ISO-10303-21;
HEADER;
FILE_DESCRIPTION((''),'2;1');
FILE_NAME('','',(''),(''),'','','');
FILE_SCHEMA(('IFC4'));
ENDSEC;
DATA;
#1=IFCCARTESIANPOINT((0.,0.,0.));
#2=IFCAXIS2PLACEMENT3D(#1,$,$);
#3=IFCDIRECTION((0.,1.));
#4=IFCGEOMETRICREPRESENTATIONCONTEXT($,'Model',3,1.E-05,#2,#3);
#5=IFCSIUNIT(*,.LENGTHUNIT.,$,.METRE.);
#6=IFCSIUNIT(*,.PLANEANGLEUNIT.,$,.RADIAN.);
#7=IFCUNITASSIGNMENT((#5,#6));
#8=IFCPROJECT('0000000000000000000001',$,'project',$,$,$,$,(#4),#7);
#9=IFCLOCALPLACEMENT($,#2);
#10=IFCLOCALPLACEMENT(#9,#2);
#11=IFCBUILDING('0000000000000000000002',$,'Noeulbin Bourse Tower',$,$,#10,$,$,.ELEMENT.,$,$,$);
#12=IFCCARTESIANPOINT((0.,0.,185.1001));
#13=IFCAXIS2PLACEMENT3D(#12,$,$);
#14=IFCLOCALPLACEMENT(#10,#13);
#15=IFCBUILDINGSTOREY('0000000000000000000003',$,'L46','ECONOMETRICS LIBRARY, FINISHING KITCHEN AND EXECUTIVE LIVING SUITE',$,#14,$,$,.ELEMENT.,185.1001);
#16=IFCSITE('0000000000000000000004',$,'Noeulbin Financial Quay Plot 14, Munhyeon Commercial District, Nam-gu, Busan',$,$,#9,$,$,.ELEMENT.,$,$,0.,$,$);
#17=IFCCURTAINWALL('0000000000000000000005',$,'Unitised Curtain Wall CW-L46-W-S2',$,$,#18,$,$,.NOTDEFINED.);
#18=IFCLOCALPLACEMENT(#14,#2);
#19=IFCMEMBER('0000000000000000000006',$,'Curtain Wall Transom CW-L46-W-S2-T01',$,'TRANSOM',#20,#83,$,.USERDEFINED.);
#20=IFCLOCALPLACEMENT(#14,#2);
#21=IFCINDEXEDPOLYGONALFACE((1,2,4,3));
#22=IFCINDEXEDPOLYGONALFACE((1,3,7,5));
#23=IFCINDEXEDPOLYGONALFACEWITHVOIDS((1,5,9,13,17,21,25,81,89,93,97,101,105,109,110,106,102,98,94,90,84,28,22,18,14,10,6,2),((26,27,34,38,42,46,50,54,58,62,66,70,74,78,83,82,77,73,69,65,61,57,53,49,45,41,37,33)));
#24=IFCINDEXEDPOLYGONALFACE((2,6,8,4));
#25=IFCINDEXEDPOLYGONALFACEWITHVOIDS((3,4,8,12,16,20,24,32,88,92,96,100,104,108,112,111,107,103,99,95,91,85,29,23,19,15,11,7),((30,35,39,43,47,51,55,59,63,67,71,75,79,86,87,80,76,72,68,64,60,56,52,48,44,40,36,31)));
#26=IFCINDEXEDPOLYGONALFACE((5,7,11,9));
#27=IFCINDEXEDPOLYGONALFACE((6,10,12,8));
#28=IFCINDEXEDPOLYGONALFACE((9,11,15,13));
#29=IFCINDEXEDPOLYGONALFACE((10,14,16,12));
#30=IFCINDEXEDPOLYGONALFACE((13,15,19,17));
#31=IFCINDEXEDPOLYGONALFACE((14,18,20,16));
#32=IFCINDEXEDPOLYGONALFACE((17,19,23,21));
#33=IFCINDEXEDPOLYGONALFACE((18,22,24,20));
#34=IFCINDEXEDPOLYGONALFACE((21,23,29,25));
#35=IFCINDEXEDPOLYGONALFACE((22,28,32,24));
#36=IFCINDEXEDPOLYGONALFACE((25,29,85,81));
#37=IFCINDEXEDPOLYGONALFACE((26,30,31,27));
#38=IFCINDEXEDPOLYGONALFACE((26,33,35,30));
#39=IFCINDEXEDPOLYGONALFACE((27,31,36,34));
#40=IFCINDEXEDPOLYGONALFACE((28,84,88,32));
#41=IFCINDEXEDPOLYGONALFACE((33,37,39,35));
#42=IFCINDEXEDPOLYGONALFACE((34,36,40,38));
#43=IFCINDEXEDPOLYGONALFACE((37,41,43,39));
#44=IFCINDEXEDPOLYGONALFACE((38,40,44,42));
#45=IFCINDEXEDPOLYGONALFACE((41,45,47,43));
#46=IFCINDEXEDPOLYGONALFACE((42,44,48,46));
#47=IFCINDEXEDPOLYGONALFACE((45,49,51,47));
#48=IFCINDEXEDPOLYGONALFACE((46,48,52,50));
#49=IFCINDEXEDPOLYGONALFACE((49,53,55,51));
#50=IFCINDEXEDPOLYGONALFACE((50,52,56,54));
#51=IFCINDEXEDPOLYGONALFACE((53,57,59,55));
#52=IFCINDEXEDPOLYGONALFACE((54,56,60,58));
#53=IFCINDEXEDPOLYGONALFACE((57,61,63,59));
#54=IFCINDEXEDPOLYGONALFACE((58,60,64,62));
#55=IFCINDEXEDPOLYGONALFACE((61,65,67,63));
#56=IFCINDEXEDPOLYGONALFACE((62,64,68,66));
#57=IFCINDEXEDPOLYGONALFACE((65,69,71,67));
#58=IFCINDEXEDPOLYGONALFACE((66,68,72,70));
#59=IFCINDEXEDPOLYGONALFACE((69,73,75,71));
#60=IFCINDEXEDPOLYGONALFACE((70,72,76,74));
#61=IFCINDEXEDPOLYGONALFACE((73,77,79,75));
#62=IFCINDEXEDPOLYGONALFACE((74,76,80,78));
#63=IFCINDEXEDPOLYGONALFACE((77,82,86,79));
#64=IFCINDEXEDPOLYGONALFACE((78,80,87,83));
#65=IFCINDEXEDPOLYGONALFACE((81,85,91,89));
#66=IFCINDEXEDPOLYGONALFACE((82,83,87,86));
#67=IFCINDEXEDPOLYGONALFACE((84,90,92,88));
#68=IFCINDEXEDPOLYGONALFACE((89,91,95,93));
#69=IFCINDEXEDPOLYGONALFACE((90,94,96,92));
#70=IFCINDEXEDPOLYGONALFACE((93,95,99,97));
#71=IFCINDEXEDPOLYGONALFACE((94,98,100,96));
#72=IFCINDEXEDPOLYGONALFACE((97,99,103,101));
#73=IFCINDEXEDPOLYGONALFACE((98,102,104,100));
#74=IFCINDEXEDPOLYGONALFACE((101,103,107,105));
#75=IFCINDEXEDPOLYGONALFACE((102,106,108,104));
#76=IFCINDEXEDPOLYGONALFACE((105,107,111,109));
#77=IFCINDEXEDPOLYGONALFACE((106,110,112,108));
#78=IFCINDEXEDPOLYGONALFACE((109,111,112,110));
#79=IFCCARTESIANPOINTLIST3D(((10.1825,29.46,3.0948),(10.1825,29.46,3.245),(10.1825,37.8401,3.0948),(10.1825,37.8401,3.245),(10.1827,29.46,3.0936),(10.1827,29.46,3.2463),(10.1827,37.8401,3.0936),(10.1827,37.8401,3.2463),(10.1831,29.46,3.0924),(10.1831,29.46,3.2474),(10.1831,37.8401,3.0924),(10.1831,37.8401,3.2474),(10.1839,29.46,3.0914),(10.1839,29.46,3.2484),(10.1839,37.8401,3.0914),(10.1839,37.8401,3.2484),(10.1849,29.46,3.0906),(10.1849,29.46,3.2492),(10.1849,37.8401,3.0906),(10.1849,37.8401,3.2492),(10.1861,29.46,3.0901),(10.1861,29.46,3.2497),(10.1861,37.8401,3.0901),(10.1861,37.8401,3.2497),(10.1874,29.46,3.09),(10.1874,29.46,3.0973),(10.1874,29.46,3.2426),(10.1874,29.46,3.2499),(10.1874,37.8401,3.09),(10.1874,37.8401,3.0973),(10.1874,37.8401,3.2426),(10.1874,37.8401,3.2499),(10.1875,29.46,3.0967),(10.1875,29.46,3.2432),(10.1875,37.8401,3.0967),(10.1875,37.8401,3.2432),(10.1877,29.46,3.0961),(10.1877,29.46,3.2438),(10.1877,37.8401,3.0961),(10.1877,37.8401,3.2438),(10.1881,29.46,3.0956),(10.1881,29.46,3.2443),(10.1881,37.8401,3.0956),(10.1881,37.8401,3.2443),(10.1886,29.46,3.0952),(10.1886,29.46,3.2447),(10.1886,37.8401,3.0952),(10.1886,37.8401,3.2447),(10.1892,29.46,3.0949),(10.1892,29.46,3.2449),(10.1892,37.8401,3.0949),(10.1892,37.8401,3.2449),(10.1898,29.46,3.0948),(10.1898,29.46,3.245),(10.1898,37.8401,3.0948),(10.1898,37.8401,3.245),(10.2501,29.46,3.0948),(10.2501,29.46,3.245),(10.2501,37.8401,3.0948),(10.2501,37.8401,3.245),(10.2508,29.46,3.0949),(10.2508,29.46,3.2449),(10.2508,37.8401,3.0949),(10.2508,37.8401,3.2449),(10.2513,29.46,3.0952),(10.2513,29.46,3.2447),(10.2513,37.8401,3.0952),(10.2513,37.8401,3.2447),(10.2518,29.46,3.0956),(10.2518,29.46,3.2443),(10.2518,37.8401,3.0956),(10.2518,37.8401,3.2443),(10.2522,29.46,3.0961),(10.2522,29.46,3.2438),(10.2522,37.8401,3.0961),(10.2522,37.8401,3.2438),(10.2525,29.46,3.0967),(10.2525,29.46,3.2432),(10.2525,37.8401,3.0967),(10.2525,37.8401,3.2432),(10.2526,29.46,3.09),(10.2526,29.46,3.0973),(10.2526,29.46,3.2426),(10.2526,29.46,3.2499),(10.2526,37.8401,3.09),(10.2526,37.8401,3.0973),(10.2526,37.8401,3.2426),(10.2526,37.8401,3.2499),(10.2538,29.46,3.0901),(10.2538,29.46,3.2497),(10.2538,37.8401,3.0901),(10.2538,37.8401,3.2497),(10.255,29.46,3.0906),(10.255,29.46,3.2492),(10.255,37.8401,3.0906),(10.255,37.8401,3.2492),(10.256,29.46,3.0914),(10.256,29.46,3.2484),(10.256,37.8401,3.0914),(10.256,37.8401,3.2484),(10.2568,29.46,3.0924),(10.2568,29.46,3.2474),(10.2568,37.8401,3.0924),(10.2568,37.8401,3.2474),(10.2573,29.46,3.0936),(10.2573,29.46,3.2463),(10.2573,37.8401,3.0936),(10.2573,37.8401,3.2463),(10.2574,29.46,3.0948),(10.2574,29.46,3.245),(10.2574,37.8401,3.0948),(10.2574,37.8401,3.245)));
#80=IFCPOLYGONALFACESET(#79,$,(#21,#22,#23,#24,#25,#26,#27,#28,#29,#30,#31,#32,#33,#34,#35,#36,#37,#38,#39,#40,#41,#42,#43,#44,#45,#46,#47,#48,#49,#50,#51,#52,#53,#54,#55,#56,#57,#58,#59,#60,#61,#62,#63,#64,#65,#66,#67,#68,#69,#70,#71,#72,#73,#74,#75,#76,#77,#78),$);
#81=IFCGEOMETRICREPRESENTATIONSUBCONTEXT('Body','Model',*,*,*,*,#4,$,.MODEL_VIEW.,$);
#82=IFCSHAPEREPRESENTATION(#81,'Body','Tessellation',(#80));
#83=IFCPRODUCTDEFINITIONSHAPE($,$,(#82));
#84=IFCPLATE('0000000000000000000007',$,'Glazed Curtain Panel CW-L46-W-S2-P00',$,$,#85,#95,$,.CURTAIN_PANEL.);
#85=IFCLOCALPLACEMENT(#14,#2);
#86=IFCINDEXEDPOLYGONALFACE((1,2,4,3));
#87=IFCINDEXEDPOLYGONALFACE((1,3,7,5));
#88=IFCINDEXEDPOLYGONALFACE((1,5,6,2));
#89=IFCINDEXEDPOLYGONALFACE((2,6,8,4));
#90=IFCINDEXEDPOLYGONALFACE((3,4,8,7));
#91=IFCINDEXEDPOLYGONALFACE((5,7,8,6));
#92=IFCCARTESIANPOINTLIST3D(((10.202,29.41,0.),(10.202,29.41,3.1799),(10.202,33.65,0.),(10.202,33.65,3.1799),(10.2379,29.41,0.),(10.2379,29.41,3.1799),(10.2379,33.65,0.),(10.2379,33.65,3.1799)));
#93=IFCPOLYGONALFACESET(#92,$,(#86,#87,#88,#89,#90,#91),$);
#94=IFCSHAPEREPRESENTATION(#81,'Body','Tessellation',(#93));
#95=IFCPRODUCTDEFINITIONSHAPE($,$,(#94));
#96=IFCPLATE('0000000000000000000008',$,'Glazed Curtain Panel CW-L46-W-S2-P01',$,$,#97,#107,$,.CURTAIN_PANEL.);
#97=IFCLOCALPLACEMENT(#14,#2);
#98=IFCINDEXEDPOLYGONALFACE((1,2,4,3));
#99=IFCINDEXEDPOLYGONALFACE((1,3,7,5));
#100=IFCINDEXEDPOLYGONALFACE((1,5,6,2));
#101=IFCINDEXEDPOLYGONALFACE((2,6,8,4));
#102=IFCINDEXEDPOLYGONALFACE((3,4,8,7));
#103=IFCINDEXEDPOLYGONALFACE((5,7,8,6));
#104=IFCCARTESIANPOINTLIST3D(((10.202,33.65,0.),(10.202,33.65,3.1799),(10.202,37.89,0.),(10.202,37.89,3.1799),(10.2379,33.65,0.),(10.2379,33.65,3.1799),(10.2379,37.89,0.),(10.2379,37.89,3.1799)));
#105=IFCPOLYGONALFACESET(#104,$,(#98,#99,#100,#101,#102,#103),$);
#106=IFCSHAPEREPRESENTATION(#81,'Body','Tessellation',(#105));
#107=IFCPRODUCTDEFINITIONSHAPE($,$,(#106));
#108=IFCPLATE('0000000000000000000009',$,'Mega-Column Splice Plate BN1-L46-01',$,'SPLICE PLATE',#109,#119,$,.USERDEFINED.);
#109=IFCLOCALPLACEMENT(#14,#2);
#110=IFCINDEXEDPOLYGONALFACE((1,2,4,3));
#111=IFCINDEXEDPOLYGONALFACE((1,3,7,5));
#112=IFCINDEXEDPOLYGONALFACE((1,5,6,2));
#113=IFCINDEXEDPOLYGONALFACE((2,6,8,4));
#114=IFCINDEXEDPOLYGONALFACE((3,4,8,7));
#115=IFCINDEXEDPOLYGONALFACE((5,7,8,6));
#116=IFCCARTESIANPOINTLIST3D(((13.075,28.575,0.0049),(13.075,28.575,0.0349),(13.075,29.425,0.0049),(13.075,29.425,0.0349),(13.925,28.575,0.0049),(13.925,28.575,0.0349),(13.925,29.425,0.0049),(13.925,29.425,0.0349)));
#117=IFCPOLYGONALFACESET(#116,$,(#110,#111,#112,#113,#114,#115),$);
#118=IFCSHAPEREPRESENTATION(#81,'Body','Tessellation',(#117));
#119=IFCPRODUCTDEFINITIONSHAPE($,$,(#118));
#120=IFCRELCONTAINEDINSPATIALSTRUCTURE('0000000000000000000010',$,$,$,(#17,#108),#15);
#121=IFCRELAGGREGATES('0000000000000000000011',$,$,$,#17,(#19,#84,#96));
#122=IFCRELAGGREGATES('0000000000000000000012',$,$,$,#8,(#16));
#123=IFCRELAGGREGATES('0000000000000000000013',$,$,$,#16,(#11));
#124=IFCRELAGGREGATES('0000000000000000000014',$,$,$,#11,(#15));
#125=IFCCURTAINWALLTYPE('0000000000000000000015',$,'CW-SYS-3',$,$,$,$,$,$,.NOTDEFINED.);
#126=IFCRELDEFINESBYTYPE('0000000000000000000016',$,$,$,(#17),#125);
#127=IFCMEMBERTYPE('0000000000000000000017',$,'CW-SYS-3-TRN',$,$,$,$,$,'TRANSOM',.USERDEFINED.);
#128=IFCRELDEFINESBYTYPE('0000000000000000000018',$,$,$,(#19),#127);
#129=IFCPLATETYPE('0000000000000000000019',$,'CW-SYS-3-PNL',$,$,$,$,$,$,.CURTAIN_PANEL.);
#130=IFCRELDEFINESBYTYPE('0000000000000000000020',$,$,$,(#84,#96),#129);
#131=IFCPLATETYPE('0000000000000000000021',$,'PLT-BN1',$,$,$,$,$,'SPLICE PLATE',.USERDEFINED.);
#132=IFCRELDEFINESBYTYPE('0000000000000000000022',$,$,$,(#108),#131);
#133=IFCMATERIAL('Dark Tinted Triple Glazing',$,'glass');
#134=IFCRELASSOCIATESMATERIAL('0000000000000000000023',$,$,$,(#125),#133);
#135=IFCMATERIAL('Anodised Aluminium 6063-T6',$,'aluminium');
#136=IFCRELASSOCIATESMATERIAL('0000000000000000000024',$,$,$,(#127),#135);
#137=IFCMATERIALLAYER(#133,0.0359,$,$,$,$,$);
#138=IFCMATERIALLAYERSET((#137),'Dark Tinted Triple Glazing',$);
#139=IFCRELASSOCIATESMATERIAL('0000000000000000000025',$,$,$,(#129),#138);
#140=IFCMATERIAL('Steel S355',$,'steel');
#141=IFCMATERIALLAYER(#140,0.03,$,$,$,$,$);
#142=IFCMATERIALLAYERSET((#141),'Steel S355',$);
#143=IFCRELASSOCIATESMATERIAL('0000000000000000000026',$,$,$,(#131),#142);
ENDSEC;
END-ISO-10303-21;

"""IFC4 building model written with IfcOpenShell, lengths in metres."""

from ifc_helpers import new_model, si_unit, direction, frame, origin, origin_2d, place, context, subcontext, project, spatial, rectangle, hollow_rectangle, extrude, material, layer, layer_set, material_profile, profile_set, type_object, element, aggregate, save


model = new_model("IFC4")

# Units and contexts
model_context = context("Model", 3, precision=1e-05, world=origin(), true_north=direction((0.0, 1.0)))
body_context = subcontext(model_context, "Body", "Model", "MODEL_VIEW")
ifc_project = project(units=[si_unit("LENGTHUNIT", "METRE"), si_unit("PLANEANGLEUNIT", "RADIAN")], contexts=[model_context])

# Site, building, storey
site_placement = place(None, origin())
site = spatial("IfcSite", under=ifc_project, at=site_placement, Name="Noeulbin Financial Quay Plot 14, Munhyeon Commercial District, Nam-gu, Busan", CompositionType="ELEMENT", RefElevation=0.0)
building_placement = place(site_placement, origin())
building = spatial("IfcBuilding", under=site, at=building_placement, Name="Noeulbin Bourse Tower", CompositionType="ELEMENT")
storey_placement = place(building_placement, frame((0.0, 0.0, 185.1001)))
storey = spatial("IfcBuildingStorey", under=building, at=storey_placement, Name="L46", Description="ECONOMETRICS LIBRARY, FINISHING KITCHEN AND EXECUTIVE LIVING SUITE", CompositionType="ELEMENT", Elevation=185.1001)

# Shared definitions
ifc_material_1 = material(Name="Steel S355", Category="steel")

# Curtain wall, member, plates
ifc_material_2 = material(Name="Dark Tinted Triple Glazing", Category="glass")
curtain_wall_type = type_object("IfcCurtainWallType", Name="CW-SYS-3", PredefinedType="NOTDEFINED", material=ifc_material_2)
curtain_wall_placement = place(storey_placement, origin())
curtain_wall = element("IfcCurtainWall", 1, at=curtain_wall_placement, inside=storey, type_object=curtain_wall_type, Name="Unitised Curtain Wall CW-L46-W-S2", PredefinedType="NOTDEFINED")
ifc_material_3 = material(Name="Anodised Aluminium 6063-T6", Category="aluminium")
ifc_material_profile_1 = material_profile(ifc_material_3, hollow_rectangle(XDim=0.075, YDim=0.1599, WallThickness=0.0049, InnerFilletRadius=0.0024, OuterFilletRadius=0.0049, at=origin_2d()), Name="ALU-TRAN-75x160x5", Category="LoadBearing")
ifc_profile_set_1 = profile_set([ifc_material_profile_1], Name="Anodised Aluminium 6063-T6")
member_type_1 = type_object("IfcMemberType", Name="CW-SYS-3-TRN", ElementType="TRANSOM", PredefinedType="USERDEFINED", material=ifc_profile_set_1)
member_1_placement = place(storey_placement, frame((10.22, 29.46, 3.1699), z_axis=(0.0, 1.0, 0.0), x_axis=(-1.0, 0.0, 0.0)))
member_1 = element("IfcMember", 2, at=member_1_placement, type_object=member_type_1, Name="Curtain Wall Transom CW-L46-W-S2-T01", ObjectType="TRANSOM", PredefinedType="USERDEFINED", context=body_context, shape_type="SweptSolid", body=[
    extrude(hollow_rectangle(XDim=0.075, YDim=0.1599, WallThickness=0.0049, InnerFilletRadius=0.0024, OuterFilletRadius=0.0049, at=origin_2d()), origin(), (0.0, 0.0, 1.0), 8.3801),
])
ifc_layer_1 = layer(ifc_material_2, 0.0359)
ifc_layer_set_1 = layer_set([ifc_layer_1], Name="Dark Tinted Triple Glazing")
plate_type_1 = type_object("IfcPlateType", Name="CW-SYS-3-PNL", PredefinedType="CURTAIN_PANEL", material=ifc_layer_set_1)
plate_1_placement = place(storey_placement, frame((10.22, 31.53, 0.0), z_axis=(0.0, 0.0, 1.0), x_axis=(0.0, 1.0, 0.0)))
plate_1 = element("IfcPlate", 3, at=plate_1_placement, type_object=plate_type_1, Name="Glazed Curtain Panel CW-L46-W-S2-P00", PredefinedType="CURTAIN_PANEL", context=body_context, shape_type="SweptSolid", body=[
    extrude(rectangle(XDim=4.24, YDim=0.0359, at=origin_2d()), origin(), (0.0, 0.0, 1.0), 3.1799),
])
plate_2_placement = place(storey_placement, frame((10.22, 35.77, 0.0), z_axis=(0.0, 0.0, 1.0), x_axis=(0.0, 1.0, 0.0)))
plate_2 = element("IfcPlate", 4, at=plate_2_placement, type_object=plate_type_1, Name="Glazed Curtain Panel CW-L46-W-S2-P01", PredefinedType="CURTAIN_PANEL", context=body_context, shape_type="SweptSolid", body=[
    extrude(rectangle(XDim=4.24, YDim=0.0359, at=origin_2d()), origin(), (0.0, 0.0, 1.0), 3.1799),
])
aggregate(curtain_wall, [member_1, plate_1, plate_2])

# Plate
ifc_layer_2 = layer(ifc_material_1, 0.03)
ifc_layer_set_2 = layer_set([ifc_layer_2], Name="Steel S355")
plate_type_2 = type_object("IfcPlateType", Name="PLT-BN1", ElementType="SPLICE PLATE", PredefinedType="USERDEFINED", material=ifc_layer_set_2)
plate_3_placement = place(storey_placement, frame((13.5, 29.0, 0.0049), z_axis=(0.0, 0.0, 1.0), x_axis=(1.0, 0.0, 0.0)))
element("IfcPlate", 5, at=plate_3_placement, inside=storey, type_object=plate_type_2, Name="Mega-Column Splice Plate BN1-L46-01", ObjectType="SPLICE PLATE", PredefinedType="USERDEFINED", context=body_context, shape_type="SweptSolid", body=[
    extrude(rectangle(XDim=0.8501, YDim=0.8501, at=origin_2d()), origin(), (0.0, 0.0, 1.0), 0.03),
])

save(model, "model.ifc")
